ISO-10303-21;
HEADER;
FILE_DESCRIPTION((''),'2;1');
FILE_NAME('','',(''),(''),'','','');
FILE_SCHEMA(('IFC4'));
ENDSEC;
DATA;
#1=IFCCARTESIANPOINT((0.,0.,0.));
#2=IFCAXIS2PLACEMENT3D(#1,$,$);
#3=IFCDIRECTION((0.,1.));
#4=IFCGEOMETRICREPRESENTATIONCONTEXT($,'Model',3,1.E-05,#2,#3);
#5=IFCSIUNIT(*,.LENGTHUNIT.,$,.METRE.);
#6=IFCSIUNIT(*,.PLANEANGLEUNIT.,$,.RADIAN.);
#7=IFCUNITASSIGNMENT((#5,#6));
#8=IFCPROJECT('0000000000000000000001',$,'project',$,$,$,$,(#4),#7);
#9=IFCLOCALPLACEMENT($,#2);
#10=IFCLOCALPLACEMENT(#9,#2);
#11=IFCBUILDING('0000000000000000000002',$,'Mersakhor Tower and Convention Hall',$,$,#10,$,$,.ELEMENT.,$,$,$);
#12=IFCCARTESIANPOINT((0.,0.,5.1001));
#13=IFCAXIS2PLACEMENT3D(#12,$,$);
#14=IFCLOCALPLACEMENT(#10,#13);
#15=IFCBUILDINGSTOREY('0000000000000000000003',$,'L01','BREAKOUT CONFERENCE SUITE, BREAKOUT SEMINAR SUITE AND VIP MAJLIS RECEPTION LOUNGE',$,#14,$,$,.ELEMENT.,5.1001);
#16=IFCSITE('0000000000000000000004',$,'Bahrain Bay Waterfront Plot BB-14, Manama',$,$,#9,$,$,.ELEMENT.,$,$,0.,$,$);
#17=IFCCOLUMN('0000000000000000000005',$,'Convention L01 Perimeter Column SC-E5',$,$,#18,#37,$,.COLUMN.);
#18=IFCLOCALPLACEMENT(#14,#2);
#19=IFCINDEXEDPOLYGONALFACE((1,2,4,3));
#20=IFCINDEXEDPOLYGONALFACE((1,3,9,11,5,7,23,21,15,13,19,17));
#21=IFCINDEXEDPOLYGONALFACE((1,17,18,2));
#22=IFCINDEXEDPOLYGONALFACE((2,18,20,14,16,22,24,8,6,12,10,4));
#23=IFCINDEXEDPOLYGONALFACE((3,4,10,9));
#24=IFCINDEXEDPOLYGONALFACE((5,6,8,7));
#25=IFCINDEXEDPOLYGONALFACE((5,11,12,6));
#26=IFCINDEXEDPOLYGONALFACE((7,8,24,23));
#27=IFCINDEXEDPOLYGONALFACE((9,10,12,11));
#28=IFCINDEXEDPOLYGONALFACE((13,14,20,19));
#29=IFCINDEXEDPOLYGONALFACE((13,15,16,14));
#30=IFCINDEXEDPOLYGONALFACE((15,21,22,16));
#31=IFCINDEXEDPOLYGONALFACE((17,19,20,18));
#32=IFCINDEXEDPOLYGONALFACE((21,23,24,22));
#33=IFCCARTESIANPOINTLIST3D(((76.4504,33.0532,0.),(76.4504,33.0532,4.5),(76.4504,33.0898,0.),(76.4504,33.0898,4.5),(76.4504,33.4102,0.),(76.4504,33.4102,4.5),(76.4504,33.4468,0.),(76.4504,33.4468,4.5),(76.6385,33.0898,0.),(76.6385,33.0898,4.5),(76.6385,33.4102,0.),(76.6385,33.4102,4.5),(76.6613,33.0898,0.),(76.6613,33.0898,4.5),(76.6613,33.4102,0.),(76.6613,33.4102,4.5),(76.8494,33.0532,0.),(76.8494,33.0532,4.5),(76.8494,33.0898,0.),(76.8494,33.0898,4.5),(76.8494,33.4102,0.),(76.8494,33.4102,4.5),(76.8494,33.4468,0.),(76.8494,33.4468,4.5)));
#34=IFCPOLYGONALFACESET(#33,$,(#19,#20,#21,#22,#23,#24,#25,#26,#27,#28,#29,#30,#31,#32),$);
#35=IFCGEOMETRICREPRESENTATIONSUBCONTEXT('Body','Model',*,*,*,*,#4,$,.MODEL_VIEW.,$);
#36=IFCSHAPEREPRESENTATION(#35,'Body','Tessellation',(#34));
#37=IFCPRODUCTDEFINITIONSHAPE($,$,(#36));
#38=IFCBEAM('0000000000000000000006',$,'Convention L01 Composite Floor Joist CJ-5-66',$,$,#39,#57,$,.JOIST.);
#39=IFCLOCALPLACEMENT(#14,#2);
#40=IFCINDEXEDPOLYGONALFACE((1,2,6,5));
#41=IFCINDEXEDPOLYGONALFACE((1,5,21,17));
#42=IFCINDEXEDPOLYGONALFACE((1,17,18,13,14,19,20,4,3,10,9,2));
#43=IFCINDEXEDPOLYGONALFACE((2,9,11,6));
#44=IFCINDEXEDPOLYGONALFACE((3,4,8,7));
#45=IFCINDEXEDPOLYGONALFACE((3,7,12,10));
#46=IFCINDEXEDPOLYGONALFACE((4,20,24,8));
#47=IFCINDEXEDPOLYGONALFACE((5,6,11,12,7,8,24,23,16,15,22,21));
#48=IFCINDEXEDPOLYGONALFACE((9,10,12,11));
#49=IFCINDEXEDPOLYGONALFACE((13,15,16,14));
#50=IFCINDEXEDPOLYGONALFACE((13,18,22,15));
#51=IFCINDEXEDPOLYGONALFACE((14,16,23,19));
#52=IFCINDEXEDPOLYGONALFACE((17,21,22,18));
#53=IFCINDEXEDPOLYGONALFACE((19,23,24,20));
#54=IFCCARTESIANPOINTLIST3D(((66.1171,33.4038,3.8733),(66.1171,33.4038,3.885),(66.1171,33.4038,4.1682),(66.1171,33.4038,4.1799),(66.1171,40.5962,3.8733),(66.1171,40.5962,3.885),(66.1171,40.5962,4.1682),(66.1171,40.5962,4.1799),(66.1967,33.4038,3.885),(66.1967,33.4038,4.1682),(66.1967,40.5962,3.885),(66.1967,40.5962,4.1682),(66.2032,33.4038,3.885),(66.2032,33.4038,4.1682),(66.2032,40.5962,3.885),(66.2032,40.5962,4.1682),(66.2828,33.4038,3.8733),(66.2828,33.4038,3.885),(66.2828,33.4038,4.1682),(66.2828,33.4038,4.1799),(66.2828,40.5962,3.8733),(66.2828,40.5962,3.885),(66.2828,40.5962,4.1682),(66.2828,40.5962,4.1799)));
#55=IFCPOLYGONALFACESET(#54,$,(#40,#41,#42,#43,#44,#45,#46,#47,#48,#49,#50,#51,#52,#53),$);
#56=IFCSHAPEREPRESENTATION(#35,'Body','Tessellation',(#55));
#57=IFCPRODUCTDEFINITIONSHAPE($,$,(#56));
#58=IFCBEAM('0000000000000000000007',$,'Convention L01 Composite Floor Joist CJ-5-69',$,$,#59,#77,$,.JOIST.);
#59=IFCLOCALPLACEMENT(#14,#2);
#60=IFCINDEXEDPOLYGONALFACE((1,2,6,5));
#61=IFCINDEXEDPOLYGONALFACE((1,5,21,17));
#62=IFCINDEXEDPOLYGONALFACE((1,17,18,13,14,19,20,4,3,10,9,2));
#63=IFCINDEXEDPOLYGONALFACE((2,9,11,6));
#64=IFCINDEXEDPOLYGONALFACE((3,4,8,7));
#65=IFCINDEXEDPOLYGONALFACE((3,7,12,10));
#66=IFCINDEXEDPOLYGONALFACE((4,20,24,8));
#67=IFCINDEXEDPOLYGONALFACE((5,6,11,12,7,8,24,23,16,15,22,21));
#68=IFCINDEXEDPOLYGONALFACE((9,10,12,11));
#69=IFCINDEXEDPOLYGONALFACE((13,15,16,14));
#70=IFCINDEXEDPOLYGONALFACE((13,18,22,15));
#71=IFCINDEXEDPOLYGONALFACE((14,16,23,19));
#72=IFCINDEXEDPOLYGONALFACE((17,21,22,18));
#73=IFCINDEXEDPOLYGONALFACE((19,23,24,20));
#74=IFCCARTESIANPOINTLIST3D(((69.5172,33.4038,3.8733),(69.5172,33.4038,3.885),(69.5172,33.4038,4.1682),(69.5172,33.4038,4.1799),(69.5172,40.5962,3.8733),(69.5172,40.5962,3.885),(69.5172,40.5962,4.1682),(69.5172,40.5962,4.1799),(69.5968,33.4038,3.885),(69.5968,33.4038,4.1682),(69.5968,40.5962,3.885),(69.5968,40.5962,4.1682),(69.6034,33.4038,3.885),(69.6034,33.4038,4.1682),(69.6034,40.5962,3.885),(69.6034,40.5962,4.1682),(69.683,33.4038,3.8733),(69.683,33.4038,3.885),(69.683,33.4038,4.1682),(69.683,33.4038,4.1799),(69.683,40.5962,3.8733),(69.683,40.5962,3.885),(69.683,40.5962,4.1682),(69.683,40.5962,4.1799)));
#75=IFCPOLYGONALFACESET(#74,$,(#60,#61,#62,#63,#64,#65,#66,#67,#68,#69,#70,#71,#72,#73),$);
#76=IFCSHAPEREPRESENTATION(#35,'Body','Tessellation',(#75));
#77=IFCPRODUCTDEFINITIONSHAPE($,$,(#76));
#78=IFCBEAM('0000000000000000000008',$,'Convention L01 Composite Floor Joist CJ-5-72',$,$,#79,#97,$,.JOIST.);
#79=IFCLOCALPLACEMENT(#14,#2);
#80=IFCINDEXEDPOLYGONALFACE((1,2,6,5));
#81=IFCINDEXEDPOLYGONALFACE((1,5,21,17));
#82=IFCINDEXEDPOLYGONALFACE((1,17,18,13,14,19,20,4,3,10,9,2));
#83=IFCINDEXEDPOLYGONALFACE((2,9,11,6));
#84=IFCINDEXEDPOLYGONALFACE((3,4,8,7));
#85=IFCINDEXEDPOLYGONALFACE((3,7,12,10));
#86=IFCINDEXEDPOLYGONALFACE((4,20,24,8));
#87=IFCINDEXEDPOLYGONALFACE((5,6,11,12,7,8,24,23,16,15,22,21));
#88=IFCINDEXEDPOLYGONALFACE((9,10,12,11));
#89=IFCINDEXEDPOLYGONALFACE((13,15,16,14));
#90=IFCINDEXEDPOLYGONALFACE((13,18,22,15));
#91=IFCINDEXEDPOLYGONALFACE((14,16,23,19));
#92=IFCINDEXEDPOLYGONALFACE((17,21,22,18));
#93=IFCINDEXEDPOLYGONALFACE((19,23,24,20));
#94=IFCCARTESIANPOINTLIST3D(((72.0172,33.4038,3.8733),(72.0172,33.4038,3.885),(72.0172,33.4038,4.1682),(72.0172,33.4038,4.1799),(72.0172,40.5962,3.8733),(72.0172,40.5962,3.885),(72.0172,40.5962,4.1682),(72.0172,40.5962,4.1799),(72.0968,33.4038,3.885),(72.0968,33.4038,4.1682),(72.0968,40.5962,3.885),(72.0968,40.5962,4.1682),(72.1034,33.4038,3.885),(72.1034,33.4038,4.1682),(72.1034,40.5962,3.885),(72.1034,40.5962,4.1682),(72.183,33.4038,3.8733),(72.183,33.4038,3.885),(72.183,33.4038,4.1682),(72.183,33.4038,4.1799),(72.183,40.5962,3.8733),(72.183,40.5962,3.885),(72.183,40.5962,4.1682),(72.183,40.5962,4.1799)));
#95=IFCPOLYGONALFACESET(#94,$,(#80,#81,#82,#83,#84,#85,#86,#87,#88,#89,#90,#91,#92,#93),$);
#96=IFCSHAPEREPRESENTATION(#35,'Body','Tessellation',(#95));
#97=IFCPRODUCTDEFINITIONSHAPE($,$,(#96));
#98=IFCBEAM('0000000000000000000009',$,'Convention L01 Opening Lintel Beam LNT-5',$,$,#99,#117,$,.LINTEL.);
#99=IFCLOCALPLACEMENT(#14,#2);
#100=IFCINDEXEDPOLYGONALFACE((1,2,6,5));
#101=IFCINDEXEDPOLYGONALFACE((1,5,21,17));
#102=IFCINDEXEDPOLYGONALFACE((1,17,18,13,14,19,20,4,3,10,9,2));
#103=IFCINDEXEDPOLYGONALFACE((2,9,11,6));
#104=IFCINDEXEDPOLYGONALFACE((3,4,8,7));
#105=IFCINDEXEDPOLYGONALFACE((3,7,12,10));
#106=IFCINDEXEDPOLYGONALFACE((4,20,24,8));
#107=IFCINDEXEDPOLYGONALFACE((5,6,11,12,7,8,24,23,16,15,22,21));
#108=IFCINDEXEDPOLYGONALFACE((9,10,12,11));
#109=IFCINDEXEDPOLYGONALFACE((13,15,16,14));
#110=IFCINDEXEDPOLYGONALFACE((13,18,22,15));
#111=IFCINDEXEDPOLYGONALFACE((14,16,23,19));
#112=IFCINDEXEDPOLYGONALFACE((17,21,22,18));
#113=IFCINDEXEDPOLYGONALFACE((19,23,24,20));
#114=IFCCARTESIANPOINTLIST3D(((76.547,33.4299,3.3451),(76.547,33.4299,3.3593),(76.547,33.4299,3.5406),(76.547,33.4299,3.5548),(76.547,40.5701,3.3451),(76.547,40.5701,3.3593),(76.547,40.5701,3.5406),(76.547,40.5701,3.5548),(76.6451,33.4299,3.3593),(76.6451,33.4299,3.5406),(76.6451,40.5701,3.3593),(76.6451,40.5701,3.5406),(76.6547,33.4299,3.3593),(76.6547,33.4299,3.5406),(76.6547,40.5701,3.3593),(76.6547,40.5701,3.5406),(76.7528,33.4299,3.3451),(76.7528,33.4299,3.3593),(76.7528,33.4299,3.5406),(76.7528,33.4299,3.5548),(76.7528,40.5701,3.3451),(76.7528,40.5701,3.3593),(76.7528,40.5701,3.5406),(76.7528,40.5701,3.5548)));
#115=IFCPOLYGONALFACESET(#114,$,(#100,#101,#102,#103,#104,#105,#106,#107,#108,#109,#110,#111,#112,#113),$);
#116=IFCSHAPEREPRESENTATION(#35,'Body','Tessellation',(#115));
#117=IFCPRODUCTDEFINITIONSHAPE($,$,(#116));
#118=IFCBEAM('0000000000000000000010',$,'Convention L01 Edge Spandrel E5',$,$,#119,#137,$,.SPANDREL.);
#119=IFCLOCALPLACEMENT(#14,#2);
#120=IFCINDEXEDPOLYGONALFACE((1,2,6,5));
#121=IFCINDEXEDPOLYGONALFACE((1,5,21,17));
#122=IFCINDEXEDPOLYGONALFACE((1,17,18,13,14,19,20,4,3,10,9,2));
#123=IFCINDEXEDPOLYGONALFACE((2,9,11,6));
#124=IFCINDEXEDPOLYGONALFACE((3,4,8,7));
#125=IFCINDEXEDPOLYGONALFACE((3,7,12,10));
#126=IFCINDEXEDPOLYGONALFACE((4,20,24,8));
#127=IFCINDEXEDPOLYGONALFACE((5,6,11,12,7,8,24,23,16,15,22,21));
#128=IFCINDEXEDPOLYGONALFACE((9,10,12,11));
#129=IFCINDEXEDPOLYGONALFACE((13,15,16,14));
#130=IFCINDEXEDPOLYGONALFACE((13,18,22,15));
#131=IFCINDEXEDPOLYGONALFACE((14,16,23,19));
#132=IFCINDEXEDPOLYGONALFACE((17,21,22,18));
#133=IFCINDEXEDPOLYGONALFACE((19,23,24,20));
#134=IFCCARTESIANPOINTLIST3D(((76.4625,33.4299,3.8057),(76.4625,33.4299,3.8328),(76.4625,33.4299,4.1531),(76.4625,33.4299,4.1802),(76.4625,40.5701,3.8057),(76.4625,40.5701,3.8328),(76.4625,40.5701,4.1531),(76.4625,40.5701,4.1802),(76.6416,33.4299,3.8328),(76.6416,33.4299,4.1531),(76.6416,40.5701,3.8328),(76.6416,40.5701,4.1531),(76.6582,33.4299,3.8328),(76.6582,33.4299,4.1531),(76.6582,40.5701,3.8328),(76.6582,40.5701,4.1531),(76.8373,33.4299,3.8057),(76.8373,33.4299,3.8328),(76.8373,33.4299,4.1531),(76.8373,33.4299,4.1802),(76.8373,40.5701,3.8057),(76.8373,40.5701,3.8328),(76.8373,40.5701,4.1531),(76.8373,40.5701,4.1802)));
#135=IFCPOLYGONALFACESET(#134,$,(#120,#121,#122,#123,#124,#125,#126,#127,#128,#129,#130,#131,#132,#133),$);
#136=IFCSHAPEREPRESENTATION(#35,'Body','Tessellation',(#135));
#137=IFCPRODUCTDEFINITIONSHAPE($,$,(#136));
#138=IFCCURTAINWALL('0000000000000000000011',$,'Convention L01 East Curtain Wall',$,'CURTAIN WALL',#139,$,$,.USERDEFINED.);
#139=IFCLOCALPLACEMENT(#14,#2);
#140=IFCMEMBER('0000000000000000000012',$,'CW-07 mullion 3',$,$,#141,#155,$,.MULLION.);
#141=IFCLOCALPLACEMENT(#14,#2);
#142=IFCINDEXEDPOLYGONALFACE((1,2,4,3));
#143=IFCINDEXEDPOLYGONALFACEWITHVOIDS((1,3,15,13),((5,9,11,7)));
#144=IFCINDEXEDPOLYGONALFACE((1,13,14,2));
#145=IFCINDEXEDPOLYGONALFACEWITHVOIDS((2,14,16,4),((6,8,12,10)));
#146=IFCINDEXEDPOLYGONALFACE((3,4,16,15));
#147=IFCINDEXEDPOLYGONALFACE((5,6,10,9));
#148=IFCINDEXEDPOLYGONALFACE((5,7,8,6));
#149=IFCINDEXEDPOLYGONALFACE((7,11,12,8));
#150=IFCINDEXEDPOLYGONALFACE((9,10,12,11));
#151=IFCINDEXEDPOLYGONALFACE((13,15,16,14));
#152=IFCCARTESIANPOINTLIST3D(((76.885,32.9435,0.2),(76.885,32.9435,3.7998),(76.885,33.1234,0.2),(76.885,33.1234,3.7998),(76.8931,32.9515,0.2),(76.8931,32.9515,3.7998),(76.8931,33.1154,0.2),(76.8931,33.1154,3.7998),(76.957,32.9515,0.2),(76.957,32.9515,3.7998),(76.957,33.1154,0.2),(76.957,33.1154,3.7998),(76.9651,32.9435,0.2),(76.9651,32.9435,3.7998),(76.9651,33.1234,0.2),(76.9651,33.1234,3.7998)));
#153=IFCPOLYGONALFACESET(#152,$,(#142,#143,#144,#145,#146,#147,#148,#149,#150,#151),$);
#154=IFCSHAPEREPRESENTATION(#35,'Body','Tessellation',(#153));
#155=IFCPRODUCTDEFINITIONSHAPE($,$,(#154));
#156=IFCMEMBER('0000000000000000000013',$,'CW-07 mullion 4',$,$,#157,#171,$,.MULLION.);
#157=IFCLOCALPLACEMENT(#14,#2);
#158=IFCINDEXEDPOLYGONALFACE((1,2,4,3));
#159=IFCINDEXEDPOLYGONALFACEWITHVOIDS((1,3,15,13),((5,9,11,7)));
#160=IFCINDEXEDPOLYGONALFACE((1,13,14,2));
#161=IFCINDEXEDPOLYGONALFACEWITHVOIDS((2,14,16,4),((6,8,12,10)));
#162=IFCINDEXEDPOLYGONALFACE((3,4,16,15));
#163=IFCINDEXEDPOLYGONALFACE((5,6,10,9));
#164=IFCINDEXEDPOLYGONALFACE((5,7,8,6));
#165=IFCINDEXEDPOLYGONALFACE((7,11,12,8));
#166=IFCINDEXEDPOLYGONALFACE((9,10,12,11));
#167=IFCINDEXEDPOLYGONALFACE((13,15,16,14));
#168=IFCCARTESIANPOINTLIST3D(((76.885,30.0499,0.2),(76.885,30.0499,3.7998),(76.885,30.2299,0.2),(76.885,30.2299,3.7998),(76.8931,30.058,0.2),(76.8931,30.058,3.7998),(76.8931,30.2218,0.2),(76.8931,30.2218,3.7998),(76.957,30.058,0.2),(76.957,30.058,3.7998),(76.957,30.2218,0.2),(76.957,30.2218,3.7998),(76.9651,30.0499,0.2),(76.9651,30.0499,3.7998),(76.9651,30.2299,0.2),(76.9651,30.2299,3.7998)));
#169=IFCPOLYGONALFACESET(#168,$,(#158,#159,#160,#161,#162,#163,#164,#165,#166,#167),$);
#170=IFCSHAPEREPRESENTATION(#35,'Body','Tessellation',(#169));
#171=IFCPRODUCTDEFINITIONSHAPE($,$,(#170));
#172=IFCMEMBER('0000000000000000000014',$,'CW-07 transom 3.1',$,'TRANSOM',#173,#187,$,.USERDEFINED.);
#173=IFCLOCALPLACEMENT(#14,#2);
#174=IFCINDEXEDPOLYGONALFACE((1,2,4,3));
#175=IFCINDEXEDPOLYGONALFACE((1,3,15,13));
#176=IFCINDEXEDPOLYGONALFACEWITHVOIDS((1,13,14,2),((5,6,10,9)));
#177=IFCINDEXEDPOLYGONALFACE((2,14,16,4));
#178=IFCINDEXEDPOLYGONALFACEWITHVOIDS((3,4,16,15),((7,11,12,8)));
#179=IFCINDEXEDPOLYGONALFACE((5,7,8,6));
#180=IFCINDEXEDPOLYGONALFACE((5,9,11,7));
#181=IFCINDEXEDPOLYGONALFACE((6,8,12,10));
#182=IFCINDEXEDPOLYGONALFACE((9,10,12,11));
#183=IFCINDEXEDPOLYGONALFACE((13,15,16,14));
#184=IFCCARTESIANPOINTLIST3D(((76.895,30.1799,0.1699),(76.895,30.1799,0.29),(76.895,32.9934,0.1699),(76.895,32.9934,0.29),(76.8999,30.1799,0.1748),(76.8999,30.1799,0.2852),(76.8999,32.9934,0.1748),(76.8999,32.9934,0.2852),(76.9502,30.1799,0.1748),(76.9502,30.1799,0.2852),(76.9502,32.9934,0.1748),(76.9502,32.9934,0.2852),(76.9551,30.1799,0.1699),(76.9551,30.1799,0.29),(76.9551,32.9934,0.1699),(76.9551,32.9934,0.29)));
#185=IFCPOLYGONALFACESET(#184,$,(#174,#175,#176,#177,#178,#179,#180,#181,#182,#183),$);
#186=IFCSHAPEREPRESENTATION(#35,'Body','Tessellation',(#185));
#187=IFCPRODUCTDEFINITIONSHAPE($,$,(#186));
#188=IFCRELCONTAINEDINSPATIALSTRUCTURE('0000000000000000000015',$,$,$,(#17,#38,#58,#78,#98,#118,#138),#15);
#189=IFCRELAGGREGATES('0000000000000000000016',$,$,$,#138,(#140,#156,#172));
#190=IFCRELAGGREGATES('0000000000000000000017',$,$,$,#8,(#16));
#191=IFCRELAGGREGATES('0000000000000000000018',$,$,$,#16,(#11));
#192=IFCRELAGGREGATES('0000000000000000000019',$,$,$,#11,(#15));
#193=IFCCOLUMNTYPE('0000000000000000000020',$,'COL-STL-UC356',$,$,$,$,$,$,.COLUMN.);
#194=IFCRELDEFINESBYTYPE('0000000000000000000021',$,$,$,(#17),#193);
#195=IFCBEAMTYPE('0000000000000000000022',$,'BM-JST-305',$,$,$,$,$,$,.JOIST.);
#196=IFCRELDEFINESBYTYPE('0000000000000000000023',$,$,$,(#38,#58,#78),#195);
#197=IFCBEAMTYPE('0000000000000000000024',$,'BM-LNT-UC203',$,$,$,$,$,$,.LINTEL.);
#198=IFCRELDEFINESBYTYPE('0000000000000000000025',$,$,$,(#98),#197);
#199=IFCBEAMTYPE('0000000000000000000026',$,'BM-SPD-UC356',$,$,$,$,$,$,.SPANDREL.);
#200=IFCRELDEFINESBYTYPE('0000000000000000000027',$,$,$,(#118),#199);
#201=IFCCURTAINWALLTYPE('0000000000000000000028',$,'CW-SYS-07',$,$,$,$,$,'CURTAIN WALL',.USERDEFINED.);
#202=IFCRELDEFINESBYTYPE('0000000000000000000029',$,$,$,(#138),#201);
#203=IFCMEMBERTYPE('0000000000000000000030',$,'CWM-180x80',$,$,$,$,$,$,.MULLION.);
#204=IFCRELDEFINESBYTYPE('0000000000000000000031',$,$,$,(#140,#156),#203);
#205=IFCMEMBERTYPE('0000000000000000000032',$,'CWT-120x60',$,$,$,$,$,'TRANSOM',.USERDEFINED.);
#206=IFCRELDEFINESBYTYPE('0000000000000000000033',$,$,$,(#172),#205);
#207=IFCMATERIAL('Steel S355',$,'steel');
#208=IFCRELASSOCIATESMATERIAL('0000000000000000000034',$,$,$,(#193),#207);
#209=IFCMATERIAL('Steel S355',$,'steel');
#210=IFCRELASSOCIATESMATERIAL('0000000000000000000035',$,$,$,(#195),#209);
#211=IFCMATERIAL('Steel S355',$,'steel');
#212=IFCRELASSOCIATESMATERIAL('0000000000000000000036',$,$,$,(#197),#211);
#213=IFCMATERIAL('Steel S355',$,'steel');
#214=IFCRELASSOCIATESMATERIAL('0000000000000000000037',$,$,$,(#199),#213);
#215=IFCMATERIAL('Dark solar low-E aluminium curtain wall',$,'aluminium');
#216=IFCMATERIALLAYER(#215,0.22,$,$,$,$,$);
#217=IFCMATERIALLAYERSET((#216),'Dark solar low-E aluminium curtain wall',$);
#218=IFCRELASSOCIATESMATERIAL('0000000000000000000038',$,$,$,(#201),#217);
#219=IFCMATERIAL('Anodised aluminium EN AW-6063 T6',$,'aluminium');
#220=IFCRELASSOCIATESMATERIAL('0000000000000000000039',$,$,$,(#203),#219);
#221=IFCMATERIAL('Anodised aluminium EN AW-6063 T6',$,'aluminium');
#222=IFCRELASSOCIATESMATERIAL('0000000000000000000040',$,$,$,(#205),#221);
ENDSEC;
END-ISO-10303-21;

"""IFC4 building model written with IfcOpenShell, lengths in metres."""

from ifc_helpers import new_model, si_unit, direction, frame, origin, origin_2d, place, context, subcontext, project, spatial, hollow_rectangle, i_section, extrude, material, layer, layer_set, material_profile, profile_set, type_object, element, aggregate, save


model = new_model("IFC4")

# Units and contexts
model_context = context("Model", 3, precision=1e-05, world=origin(), true_north=direction((0.0, 1.0)))
body_context = subcontext(model_context, "Body", "Model", "MODEL_VIEW")
ifc_project = project(units=[si_unit("LENGTHUNIT", "METRE"), si_unit("PLANEANGLEUNIT", "RADIAN")], contexts=[model_context])

# Site, building, storey
site_placement = place(None, origin())
site = spatial("IfcSite", under=ifc_project, at=site_placement, Name="Bahrain Bay Waterfront Plot BB-14, Manama", CompositionType="ELEMENT", RefElevation=0.0)
building_placement = place(site_placement, origin())
building = spatial("IfcBuilding", under=site, at=building_placement, Name="Mersakhor Tower and Convention Hall", CompositionType="ELEMENT")
storey_placement = place(building_placement, frame((0.0, 0.0, 5.1001)))
storey = spatial("IfcBuildingStorey", under=building, at=storey_placement, Name="L01", Description="BREAKOUT CONFERENCE SUITE, BREAKOUT SEMINAR SUITE AND VIP MAJLIS RECEPTION LOUNGE", CompositionType="ELEMENT", Elevation=5.1001)

# Column
ifc_material_1 = material(Name="Steel S355", Category="steel")
ifc_material_profile_1 = material_profile(ifc_material_1, i_section(OverallWidth=0.3989, OverallDepth=0.3936, WebThickness=0.0227, FlangeThickness=0.0366, at=origin_2d()), Name="UC 356x406x287")
ifc_profile_set_1 = profile_set([ifc_material_profile_1], Name="Steel S355")
column_type = type_object("IfcColumnType", Name="COL-STL-UC356", PredefinedType="COLUMN", material=ifc_profile_set_1)
column_placement = place(storey_placement, frame((76.6499, 33.25, 0.0), z_axis=(0.0, 0.0, 1.0), x_axis=(1.0, 0.0, 0.0)))
element("IfcColumn", 1, at=column_placement, inside=storey, type_object=column_type, Name="Convention L01 Perimeter Column SC-E5", PredefinedType="COLUMN", context=body_context, shape_type="SweptSolid", body=[
    extrude(i_section(OverallWidth=0.3989, OverallDepth=0.3936, WebThickness=0.0227, FlangeThickness=0.0366, at=origin_2d()), origin(), (0.0, 0.0, 1.0), 4.5),
])

# Beams
ifc_material_2 = material(Name="Steel S355", Category="steel")
ifc_material_profile_2 = material_profile(ifc_material_2, i_section(OverallWidth=0.1658, OverallDepth=0.3066, WebThickness=0.0066, FlangeThickness=0.0117, at=origin_2d()), Name="UB 305x165x46")
ifc_profile_set_2 = profile_set([ifc_material_profile_2], Name="Steel S355")
beam_type_1 = type_object("IfcBeamType", Name="BM-JST-305", PredefinedType="JOIST", material=ifc_profile_set_2)
for number, where, z_axis, x_axis, name in (
    (2, (66.2, 33.4038, 4.0266), (0.0, 1.0, 0.0), (-1.0, 0.0, 0.0), "Convention L01 Composite Floor Joist CJ-5-66"),
    (3, (69.6001, 33.4038, 4.0266), (0.0, 1.0, 0.0), (-1.0, 0.0, 0.0), "Convention L01 Composite Floor Joist CJ-5-69"),
    (4, (72.1001, 33.4038, 4.0266), (0.0, 1.0, 0.0), (-1.0, 0.0, 0.0), "Convention L01 Composite Floor Joist CJ-5-72"),
):
    element("IfcBeam", number, at=place(storey_placement, frame(where, z_axis=z_axis, x_axis=x_axis)), inside=storey, type_object=beam_type_1, Name=name, PredefinedType="JOIST", context=body_context, shape_type="SweptSolid", body=[
        extrude(i_section(OverallWidth=0.1658, OverallDepth=0.3066, WebThickness=0.0066, FlangeThickness=0.0117, at=origin_2d()), origin(), (0.0, 0.0, 1.0), 7.1924),
    ])
ifc_material_3 = material(Name="Steel S355", Category="steel")
ifc_material_profile_3 = material_profile(ifc_material_3, i_section(OverallWidth=0.2058, OverallDepth=0.2097, WebThickness=0.0095, FlangeThickness=0.0142, at=origin_2d()), Name="UC 203x203x60")
ifc_profile_set_3 = profile_set([ifc_material_profile_3], Name="Steel S355")
beam_type_2 = type_object("IfcBeamType", Name="BM-LNT-UC203", PredefinedType="LINTEL", material=ifc_profile_set_3)
beam_1_placement = place(storey_placement, frame((76.6499, 33.4299, 3.45), z_axis=(0.0, 1.0, 0.0), x_axis=(-1.0, 0.0, 0.0)))
element("IfcBeam", 5, at=beam_1_placement, inside=storey, type_object=beam_type_2, Name="Convention L01 Opening Lintel Beam LNT-5", PredefinedType="LINTEL", context=body_context, shape_type="SweptSolid", body=[
    extrude(i_section(OverallWidth=0.2058, OverallDepth=0.2097, WebThickness=0.0095, FlangeThickness=0.0142, at=origin_2d()), origin(), (0.0, 0.0, 1.0), 7.1401),
])
ifc_material_4 = material(Name="Steel S355", Category="steel")
ifc_material_profile_4 = material_profile(ifc_material_4, i_section(OverallWidth=0.3748, OverallDepth=0.3745, WebThickness=0.0166, FlangeThickness=0.0271, at=origin_2d()), Name="UC 356x368x202")
ifc_profile_set_4 = profile_set([ifc_material_profile_4], Name="Steel S355")
beam_type_3 = type_object("IfcBeamType", Name="BM-SPD-UC356", PredefinedType="SPANDREL", material=ifc_profile_set_4)
beam_2_placement = place(storey_placement, frame((76.6499, 33.4299, 3.9929), z_axis=(0.0, 1.0, 0.0), x_axis=(-1.0, 0.0, 0.0)))
element("IfcBeam", 6, at=beam_2_placement, inside=storey, type_object=beam_type_3, Name="Convention L01 Edge Spandrel E5", PredefinedType="SPANDREL", context=body_context, shape_type="SweptSolid", body=[
    extrude(i_section(OverallWidth=0.3748, OverallDepth=0.3745, WebThickness=0.0166, FlangeThickness=0.0271, at=origin_2d()), origin(), (0.0, 0.0, 1.0), 7.1401),
])

# Curtain wall, members
ifc_material_5 = material(Name="Dark solar low-E aluminium curtain wall", Category="aluminium")
ifc_layer_1 = layer(ifc_material_5, 0.22)
ifc_layer_set_1 = layer_set([ifc_layer_1], Name="Dark solar low-E aluminium curtain wall")
curtain_wall_type = type_object("IfcCurtainWallType", Name="CW-SYS-07", ElementType="CURTAIN WALL", PredefinedType="USERDEFINED", material=ifc_layer_set_1)
curtain_wall_placement = place(storey_placement, origin())
curtain_wall = element("IfcCurtainWall", 7, at=curtain_wall_placement, inside=storey, type_object=curtain_wall_type, Name="Convention L01 East Curtain Wall", ObjectType="CURTAIN WALL", PredefinedType="USERDEFINED")
ifc_material_6 = material(Name="Anodised aluminium EN AW-6063 T6", Category="aluminium")
ifc_material_profile_5 = material_profile(ifc_material_6, hollow_rectangle(XDim=0.0801, YDim=0.1799, WallThickness=0.0081, at=origin_2d()), Name="RHS 180x80x8")
ifc_profile_set_5 = profile_set([ifc_material_profile_5], Name="Anodised aluminium EN AW-6063 T6")
member_type_1 = type_object("IfcMemberType", Name="CWM-180x80", PredefinedType="MULLION", material=ifc_profile_set_5)
member_1_placement = place(storey_placement, frame((76.925, 33.0334, 0.2), z_axis=(0.0, 0.0, 1.0), x_axis=(1.0, 0.0, 0.0)))
member_1 = element("IfcMember", 8, at=member_1_placement, type_object=member_type_1, Name="CW-07 mullion 3", PredefinedType="MULLION", context=body_context, shape_type="SweptSolid", body=[
    extrude(hollow_rectangle(XDim=0.0801, YDim=0.1799, WallThickness=0.0081, at=origin_2d()), origin(), (0.0, 0.0, 1.0), 3.5999),
])
member_2_placement = place(storey_placement, frame((76.925, 30.1399, 0.2), z_axis=(0.0, 0.0, 1.0), x_axis=(1.0, 0.0, 0.0)))
member_2 = element("IfcMember", 9, at=member_2_placement, type_object=member_type_1, Name="CW-07 mullion 4", PredefinedType="MULLION", context=body_context, shape_type="SweptSolid", body=[
    extrude(hollow_rectangle(XDim=0.0801, YDim=0.1799, WallThickness=0.0081, at=origin_2d()), origin(), (0.0, 0.0, 1.0), 3.5999),
])
ifc_material_7 = material(Name="Anodised aluminium EN AW-6063 T6", Category="aluminium")
ifc_material_profile_6 = material_profile(ifc_material_7, hollow_rectangle(XDim=0.0601, YDim=0.1201, WallThickness=0.0049, at=origin_2d()), Name="RHS 120x60x5")
ifc_profile_set_6 = profile_set([ifc_material_profile_6], Name="Anodised aluminium EN AW-6063 T6")
member_type_2 = type_object("IfcMemberType", Name="CWT-120x60", ElementType="TRANSOM", PredefinedType="USERDEFINED", material=ifc_profile_set_6)
member_3_placement = place(storey_placement, frame((76.925, 32.9934, 0.23), z_axis=(0.0, -1.0, 0.0), x_axis=(1.0, 0.0, 0.0)))
member_3 = element("IfcMember", 10, at=member_3_placement, type_object=member_type_2, Name="CW-07 transom 3.1", ObjectType="TRANSOM", PredefinedType="USERDEFINED", context=body_context, shape_type="SweptSolid", body=[
    extrude(hollow_rectangle(XDim=0.0601, YDim=0.1201, WallThickness=0.0049, at=origin_2d()), origin(), (0.0, 0.0, 1.0), 2.8135),
])
aggregate(curtain_wall, [member_1, member_2, member_3])

save(model, "model.ifc")
